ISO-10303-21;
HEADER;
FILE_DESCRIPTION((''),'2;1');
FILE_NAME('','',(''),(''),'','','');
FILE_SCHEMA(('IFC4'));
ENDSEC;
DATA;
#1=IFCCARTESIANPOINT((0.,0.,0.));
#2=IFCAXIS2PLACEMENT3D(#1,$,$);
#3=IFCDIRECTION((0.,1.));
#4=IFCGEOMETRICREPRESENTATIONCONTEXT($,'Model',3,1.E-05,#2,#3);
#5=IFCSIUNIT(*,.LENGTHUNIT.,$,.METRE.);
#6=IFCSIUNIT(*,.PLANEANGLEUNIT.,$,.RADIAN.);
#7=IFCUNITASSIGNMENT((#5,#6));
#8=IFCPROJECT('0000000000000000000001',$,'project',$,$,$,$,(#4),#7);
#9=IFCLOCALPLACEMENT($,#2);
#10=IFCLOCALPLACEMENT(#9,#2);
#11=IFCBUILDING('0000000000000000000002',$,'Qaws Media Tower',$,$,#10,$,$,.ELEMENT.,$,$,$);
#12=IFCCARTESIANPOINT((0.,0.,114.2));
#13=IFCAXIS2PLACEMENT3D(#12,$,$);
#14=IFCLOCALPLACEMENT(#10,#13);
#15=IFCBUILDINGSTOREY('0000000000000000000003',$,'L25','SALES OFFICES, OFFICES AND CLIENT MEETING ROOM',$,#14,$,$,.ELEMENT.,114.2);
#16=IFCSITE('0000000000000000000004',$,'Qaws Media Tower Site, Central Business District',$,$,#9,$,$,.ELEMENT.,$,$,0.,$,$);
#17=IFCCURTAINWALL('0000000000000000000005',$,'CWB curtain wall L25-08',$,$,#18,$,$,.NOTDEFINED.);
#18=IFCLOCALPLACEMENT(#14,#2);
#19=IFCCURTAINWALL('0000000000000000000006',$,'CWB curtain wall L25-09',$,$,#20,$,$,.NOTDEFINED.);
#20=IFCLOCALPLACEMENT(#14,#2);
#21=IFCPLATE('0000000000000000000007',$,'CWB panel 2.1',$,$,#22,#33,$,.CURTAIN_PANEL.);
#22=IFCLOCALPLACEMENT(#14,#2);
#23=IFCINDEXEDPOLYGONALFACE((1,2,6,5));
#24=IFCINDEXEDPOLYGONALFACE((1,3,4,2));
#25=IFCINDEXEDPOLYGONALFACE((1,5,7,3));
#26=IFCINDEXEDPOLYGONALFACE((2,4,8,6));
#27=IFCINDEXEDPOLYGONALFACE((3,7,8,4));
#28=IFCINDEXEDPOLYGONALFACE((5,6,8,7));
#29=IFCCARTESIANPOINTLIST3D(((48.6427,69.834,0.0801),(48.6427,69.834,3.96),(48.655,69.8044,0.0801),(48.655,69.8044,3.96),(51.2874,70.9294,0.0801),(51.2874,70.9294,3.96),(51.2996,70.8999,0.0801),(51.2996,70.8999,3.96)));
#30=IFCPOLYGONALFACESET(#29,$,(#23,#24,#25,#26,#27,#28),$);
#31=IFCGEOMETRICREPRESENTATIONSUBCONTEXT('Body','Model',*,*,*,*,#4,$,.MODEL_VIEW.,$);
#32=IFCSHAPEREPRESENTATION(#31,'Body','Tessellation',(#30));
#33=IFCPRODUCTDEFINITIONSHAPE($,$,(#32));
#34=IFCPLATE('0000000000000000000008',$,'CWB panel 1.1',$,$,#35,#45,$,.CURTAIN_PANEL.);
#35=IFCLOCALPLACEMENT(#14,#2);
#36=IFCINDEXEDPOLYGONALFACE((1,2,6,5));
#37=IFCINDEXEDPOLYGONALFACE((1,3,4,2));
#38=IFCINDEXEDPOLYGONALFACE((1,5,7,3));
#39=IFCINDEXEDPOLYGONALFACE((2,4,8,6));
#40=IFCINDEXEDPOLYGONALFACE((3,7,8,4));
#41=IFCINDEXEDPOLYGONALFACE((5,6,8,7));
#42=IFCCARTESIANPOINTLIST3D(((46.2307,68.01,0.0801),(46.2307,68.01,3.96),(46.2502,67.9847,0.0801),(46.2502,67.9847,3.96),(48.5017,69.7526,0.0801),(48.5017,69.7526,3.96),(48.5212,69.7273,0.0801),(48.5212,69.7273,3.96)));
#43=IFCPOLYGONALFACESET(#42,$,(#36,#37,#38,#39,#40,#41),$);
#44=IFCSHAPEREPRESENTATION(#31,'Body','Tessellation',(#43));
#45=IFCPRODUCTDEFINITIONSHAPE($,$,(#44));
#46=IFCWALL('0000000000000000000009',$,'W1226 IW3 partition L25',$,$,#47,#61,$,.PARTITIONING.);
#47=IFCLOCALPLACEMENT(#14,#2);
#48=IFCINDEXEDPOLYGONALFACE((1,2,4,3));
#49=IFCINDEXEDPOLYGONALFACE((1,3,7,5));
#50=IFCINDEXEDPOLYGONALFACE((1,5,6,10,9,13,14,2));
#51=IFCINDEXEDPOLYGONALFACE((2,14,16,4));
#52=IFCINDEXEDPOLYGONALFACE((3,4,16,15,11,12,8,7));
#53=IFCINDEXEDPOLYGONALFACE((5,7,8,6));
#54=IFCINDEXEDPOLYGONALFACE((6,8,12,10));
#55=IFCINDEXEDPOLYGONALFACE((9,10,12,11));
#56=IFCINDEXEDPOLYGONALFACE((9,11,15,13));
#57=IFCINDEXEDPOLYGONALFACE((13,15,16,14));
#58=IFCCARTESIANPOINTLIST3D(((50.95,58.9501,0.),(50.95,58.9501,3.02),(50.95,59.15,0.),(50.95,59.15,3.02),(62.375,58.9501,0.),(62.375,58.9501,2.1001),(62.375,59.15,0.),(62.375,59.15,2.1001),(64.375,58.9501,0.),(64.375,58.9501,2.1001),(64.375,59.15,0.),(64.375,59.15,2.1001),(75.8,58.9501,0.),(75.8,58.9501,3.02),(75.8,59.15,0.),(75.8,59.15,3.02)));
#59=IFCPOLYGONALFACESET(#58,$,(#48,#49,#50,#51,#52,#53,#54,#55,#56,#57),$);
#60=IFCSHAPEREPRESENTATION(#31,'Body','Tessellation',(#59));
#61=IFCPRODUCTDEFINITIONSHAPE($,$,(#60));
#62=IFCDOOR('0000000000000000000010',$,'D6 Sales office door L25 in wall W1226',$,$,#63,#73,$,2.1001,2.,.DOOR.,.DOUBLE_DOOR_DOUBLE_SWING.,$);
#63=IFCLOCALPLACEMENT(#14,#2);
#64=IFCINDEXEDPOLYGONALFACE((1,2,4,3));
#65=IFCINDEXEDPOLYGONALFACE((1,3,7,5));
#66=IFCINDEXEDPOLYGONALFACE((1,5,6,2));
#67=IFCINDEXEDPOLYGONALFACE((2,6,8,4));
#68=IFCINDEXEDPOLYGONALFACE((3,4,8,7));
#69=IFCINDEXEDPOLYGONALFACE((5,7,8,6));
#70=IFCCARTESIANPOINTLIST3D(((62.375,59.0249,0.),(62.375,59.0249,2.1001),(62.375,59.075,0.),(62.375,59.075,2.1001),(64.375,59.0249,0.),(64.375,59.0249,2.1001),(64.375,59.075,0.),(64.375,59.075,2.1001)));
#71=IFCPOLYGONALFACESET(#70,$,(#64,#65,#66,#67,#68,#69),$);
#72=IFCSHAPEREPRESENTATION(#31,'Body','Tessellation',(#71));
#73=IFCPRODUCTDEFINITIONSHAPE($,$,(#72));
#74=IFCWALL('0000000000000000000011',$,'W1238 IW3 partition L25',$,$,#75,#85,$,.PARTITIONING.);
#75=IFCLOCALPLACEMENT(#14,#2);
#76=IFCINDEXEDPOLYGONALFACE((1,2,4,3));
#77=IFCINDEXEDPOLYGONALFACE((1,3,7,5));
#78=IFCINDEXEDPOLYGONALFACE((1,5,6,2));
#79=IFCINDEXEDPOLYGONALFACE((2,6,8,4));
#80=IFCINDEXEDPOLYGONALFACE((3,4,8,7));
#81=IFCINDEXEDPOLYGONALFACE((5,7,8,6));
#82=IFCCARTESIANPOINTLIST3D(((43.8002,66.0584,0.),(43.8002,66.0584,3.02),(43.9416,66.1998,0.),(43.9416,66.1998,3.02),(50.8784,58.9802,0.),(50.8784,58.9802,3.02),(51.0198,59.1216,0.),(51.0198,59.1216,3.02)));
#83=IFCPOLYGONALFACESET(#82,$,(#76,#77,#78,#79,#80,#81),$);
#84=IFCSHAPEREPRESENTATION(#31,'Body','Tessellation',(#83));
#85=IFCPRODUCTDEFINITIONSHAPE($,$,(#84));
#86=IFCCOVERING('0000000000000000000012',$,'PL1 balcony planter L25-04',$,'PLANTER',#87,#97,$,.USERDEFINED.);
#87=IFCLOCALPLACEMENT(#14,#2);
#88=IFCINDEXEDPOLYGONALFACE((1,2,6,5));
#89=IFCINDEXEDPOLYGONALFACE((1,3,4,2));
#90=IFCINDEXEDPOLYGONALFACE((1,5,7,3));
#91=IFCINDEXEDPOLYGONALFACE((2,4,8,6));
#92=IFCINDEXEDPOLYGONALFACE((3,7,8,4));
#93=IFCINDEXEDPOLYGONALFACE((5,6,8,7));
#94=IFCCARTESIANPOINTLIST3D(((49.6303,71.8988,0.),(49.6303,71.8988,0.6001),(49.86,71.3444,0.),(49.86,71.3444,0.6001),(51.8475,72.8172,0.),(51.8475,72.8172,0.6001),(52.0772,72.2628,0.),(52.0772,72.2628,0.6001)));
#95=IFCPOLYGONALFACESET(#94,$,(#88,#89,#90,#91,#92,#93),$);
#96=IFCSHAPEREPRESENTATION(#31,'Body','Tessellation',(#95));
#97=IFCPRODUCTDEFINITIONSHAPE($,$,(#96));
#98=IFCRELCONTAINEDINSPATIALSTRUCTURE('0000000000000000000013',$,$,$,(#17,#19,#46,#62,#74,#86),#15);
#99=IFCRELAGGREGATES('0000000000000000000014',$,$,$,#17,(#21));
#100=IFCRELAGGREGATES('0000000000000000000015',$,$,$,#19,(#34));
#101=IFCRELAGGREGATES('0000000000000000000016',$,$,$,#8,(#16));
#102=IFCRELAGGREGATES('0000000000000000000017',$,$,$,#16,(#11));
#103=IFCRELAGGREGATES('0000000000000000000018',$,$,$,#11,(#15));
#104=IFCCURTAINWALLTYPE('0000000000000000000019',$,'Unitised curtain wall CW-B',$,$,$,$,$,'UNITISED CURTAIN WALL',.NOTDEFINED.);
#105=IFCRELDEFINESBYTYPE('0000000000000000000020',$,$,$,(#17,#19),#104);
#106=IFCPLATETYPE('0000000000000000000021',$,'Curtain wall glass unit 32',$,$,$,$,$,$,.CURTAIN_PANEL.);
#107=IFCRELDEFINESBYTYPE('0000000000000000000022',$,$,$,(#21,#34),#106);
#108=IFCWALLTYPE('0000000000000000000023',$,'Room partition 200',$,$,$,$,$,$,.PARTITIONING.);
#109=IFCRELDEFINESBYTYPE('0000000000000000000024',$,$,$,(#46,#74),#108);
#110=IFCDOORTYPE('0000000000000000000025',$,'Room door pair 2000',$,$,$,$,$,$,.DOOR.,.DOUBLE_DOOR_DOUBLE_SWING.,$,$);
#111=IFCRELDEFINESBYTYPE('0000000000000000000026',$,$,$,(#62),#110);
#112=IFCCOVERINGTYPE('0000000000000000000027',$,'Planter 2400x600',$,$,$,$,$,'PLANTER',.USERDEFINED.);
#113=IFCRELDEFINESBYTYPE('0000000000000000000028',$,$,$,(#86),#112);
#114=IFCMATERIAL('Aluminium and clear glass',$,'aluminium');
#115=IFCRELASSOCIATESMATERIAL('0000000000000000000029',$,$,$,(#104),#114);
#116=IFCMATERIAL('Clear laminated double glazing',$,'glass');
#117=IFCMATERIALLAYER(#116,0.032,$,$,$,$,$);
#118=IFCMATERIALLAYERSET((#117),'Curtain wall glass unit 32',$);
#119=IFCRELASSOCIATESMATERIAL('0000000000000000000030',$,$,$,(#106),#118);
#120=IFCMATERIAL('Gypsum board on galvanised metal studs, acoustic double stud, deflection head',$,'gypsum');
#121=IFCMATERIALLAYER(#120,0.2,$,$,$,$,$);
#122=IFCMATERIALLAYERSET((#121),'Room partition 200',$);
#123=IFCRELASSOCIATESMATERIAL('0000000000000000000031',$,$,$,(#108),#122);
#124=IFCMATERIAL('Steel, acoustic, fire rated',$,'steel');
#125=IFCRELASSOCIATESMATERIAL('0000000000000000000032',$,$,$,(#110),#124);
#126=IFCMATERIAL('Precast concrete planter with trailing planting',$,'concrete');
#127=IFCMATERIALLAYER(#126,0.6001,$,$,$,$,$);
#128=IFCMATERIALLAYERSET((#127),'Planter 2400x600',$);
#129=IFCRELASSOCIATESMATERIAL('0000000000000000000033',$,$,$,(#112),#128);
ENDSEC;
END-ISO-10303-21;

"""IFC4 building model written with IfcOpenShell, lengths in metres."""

from ifc_helpers import new_model, si_unit, direction, frame, frame_2d, origin, origin_2d, place, context, subcontext, project, spatial, rectangle, extrude, material, layer, layer_set, type_object, element, fill, aggregate, save


model = new_model("IFC4")

# Units and contexts
model_context = context("Model", 3, precision=1e-05, world=origin(), true_north=direction((0.0, 1.0)))
body_context = subcontext(model_context, "Body", "Model", "MODEL_VIEW")
ifc_project = project(units=[si_unit("LENGTHUNIT", "METRE"), si_unit("PLANEANGLEUNIT", "RADIAN")], contexts=[model_context])

# Site, building, storey
site_placement = place(None, origin())
site = spatial("IfcSite", under=ifc_project, at=site_placement, Name="Qaws Media Tower Site, Central Business District", CompositionType="ELEMENT", RefElevation=0.0)
building_placement = place(site_placement, origin())
building = spatial("IfcBuilding", under=site, at=building_placement, Name="Qaws Media Tower", CompositionType="ELEMENT")
storey_placement = place(building_placement, frame((0.0, 0.0, 114.2)))
storey = spatial("IfcBuildingStorey", under=building, at=storey_placement, Name="L25", Description="SALES OFFICES, OFFICES AND CLIENT MEETING ROOM", CompositionType="ELEMENT", Elevation=114.2)

# Curtain walls
ifc_material_1 = material(Name="Aluminium and clear glass", Category="aluminium")
curtain_wall_type = type_object("IfcCurtainWallType", Name="Unitised curtain wall CW-B", ElementType="UNITISED CURTAIN WALL", PredefinedType="NOTDEFINED", material=ifc_material_1)
curtain_wall_1_placement = place(storey_placement, origin())
curtain_wall_1 = element("IfcCurtainWall", 1, at=curtain_wall_1_placement, inside=storey, type_object=curtain_wall_type, Name="CWB curtain wall L25-08", PredefinedType="NOTDEFINED")
curtain_wall_2_placement = place(storey_placement, origin())
curtain_wall_2 = element("IfcCurtainWall", 2, at=curtain_wall_2_placement, inside=storey, type_object=curtain_wall_type, Name="CWB curtain wall L25-09", PredefinedType="NOTDEFINED")

# Plates
ifc_material_2 = material(Name="Clear laminated double glazing", Category="glass")
ifc_layer_1 = layer(ifc_material_2, 0.032)
ifc_layer_set_1 = layer_set([ifc_layer_1], Name="Curtain wall glass unit 32")
plate_type = type_object("IfcPlateType", Name="Curtain wall glass unit 32", PredefinedType="CURTAIN_PANEL", material=ifc_layer_set_1)
plate_1_placement = place(storey_placement, frame((49.9712, 70.3669, 0.0801), z_axis=(0.0, 0.0, 1.0), x_axis=(-0.92388, -0.382683, 0.0)))
plate_1 = element("IfcPlate", 3, at=plate_1_placement, type_object=plate_type, Name="CWB panel 2.1", PredefinedType="CURTAIN_PANEL", context=body_context, shape_type="SweptSolid", body=[
    extrude(rectangle(XDim=2.8625, YDim=0.032, at=origin_2d()), origin(), (0.0, 0.0, 1.0), 3.8799),
])
aggregate(curtain_wall_1, [plate_1])
plate_2_placement = place(storey_placement, frame((47.376, 68.8687, 0.0801), z_axis=(0.0, 0.0, 1.0), x_axis=(-0.793353, -0.608761, 0.0)))
plate_2 = element("IfcPlate", 4, at=plate_2_placement, type_object=plate_type, Name="CWB panel 1.1", PredefinedType="CURTAIN_PANEL", context=body_context, shape_type="SweptSolid", body=[
    extrude(rectangle(XDim=2.8625, YDim=0.032, at=origin_2d()), origin(), (0.0, 0.0, 1.0), 3.8799),
])
aggregate(curtain_wall_2, [plate_2])

# Wall, opening, door
ifc_material_3 = material(Name="Gypsum board on galvanised metal studs, acoustic double stud, deflection head", Category="gypsum")
ifc_layer_2 = layer(ifc_material_3, 0.2)
ifc_layer_set_2 = layer_set([ifc_layer_2], Name="Room partition 200")
wall_type = type_object("IfcWallType", Name="Room partition 200", PredefinedType="PARTITIONING", material=ifc_layer_set_2)
wall_1_placement = place(storey_placement, frame((50.95, 59.05, 0.0), z_axis=(0.0, 0.0, 1.0), x_axis=(1.0, 0.0, 0.0)))
wall_1 = element("IfcWall", 5, at=wall_1_placement, inside=storey, type_object=wall_type, Name="W1226 IW3 partition L25", PredefinedType="PARTITIONING", context=body_context, shape_type="SweptSolid", body=[
    extrude(rectangle(XDim=24.8501, YDim=0.2, at=frame_2d((12.425, 0.0))), origin(), (0.0, 0.0, 1.0), 3.02),
])
opening_placement = place(wall_1_placement, frame((11.425, 0.0, 0.0)))
opening = element("IfcOpeningElement", 6, at=opening_placement, cuts=wall_1, PredefinedType="OPENING", context=body_context, shape_type="SweptSolid", body=[
    extrude(rectangle(XDim=2.0, YDim=2.1001, at=frame_2d((1.0, 1.05))), frame((0.0, 0.1099, 0.0), z_axis=(0.0, -1.0, 0.0), x_axis=(1.0, 0.0, 0.0)), (0.0, 0.0, 1.0), 0.22),
])
ifc_material_4 = material(Name="Steel, acoustic, fire rated", Category="steel")
door_type = type_object("IfcDoorType", Name="Room door pair 2000", OperationType="DOUBLE_DOOR_DOUBLE_SWING", PredefinedType="DOOR", material=ifc_material_4)
door_placement = place(opening_placement, origin())
door = element("IfcDoor", 7, at=door_placement, inside=storey, type_object=door_type, Name="D6 Sales office door L25 in wall W1226", OperationType="DOUBLE_DOOR_DOUBLE_SWING", OverallHeight=2.1001, OverallWidth=2.0, PredefinedType="DOOR", context=body_context, shape_type="SweptSolid", body=[
    extrude(rectangle(XDim=2.0, YDim=2.1001, at=frame_2d((1.0, 1.05))), frame((0.0, 0.0249, 0.0), z_axis=(0.0, -1.0, 0.0), x_axis=(1.0, 0.0, 0.0)), (0.0, 0.0, 1.0), 0.05),
])
fill(opening, door)

# Wall
wall_2_placement = place(storey_placement, frame((50.949, 59.051, 0.0), z_axis=(0.0, 0.0, 1.0), x_axis=(-0.707107, 0.707107, 0.0)))
element("IfcWall", 8, at=wall_2_placement, inside=storey, type_object=wall_type, Name="W1238 IW3 partition L25", PredefinedType="PARTITIONING", context=body_context, shape_type="SweptSolid", body=[
    extrude(rectangle(XDim=10.01, YDim=0.2, at=frame_2d((5.0049, 0.0))), origin(), (0.0, 0.0, 1.0), 3.02),
])

# Covering
ifc_material_5 = material(Name="Precast concrete planter with trailing planting", Category="concrete")
ifc_layer_3 = layer(ifc_material_5, 0.6001)
ifc_layer_set_3 = layer_set([ifc_layer_3], Name="Planter 2400x600")
covering_type = type_object("IfcCoveringType", Name="Planter 2400x600", ElementType="PLANTER", PredefinedType="USERDEFINED", material=ifc_layer_set_3)
covering_placement = place(storey_placement, frame((50.8538, 72.0808, 0.0), z_axis=(0.0, 0.0, 1.0), x_axis=(-0.92388, -0.382683, 0.0)))
element("IfcCovering", 9, at=covering_placement, inside=storey, type_object=covering_type, Name="PL1 balcony planter L25-04", ObjectType="PLANTER", PredefinedType="USERDEFINED", context=body_context, shape_type="SweptSolid", body=[
    extrude(rectangle(XDim=2.3999, YDim=0.6001, at=origin_2d()), origin(), (0.0, 0.0, 1.0), 0.6001),
])

save(model, "model.ifc")
